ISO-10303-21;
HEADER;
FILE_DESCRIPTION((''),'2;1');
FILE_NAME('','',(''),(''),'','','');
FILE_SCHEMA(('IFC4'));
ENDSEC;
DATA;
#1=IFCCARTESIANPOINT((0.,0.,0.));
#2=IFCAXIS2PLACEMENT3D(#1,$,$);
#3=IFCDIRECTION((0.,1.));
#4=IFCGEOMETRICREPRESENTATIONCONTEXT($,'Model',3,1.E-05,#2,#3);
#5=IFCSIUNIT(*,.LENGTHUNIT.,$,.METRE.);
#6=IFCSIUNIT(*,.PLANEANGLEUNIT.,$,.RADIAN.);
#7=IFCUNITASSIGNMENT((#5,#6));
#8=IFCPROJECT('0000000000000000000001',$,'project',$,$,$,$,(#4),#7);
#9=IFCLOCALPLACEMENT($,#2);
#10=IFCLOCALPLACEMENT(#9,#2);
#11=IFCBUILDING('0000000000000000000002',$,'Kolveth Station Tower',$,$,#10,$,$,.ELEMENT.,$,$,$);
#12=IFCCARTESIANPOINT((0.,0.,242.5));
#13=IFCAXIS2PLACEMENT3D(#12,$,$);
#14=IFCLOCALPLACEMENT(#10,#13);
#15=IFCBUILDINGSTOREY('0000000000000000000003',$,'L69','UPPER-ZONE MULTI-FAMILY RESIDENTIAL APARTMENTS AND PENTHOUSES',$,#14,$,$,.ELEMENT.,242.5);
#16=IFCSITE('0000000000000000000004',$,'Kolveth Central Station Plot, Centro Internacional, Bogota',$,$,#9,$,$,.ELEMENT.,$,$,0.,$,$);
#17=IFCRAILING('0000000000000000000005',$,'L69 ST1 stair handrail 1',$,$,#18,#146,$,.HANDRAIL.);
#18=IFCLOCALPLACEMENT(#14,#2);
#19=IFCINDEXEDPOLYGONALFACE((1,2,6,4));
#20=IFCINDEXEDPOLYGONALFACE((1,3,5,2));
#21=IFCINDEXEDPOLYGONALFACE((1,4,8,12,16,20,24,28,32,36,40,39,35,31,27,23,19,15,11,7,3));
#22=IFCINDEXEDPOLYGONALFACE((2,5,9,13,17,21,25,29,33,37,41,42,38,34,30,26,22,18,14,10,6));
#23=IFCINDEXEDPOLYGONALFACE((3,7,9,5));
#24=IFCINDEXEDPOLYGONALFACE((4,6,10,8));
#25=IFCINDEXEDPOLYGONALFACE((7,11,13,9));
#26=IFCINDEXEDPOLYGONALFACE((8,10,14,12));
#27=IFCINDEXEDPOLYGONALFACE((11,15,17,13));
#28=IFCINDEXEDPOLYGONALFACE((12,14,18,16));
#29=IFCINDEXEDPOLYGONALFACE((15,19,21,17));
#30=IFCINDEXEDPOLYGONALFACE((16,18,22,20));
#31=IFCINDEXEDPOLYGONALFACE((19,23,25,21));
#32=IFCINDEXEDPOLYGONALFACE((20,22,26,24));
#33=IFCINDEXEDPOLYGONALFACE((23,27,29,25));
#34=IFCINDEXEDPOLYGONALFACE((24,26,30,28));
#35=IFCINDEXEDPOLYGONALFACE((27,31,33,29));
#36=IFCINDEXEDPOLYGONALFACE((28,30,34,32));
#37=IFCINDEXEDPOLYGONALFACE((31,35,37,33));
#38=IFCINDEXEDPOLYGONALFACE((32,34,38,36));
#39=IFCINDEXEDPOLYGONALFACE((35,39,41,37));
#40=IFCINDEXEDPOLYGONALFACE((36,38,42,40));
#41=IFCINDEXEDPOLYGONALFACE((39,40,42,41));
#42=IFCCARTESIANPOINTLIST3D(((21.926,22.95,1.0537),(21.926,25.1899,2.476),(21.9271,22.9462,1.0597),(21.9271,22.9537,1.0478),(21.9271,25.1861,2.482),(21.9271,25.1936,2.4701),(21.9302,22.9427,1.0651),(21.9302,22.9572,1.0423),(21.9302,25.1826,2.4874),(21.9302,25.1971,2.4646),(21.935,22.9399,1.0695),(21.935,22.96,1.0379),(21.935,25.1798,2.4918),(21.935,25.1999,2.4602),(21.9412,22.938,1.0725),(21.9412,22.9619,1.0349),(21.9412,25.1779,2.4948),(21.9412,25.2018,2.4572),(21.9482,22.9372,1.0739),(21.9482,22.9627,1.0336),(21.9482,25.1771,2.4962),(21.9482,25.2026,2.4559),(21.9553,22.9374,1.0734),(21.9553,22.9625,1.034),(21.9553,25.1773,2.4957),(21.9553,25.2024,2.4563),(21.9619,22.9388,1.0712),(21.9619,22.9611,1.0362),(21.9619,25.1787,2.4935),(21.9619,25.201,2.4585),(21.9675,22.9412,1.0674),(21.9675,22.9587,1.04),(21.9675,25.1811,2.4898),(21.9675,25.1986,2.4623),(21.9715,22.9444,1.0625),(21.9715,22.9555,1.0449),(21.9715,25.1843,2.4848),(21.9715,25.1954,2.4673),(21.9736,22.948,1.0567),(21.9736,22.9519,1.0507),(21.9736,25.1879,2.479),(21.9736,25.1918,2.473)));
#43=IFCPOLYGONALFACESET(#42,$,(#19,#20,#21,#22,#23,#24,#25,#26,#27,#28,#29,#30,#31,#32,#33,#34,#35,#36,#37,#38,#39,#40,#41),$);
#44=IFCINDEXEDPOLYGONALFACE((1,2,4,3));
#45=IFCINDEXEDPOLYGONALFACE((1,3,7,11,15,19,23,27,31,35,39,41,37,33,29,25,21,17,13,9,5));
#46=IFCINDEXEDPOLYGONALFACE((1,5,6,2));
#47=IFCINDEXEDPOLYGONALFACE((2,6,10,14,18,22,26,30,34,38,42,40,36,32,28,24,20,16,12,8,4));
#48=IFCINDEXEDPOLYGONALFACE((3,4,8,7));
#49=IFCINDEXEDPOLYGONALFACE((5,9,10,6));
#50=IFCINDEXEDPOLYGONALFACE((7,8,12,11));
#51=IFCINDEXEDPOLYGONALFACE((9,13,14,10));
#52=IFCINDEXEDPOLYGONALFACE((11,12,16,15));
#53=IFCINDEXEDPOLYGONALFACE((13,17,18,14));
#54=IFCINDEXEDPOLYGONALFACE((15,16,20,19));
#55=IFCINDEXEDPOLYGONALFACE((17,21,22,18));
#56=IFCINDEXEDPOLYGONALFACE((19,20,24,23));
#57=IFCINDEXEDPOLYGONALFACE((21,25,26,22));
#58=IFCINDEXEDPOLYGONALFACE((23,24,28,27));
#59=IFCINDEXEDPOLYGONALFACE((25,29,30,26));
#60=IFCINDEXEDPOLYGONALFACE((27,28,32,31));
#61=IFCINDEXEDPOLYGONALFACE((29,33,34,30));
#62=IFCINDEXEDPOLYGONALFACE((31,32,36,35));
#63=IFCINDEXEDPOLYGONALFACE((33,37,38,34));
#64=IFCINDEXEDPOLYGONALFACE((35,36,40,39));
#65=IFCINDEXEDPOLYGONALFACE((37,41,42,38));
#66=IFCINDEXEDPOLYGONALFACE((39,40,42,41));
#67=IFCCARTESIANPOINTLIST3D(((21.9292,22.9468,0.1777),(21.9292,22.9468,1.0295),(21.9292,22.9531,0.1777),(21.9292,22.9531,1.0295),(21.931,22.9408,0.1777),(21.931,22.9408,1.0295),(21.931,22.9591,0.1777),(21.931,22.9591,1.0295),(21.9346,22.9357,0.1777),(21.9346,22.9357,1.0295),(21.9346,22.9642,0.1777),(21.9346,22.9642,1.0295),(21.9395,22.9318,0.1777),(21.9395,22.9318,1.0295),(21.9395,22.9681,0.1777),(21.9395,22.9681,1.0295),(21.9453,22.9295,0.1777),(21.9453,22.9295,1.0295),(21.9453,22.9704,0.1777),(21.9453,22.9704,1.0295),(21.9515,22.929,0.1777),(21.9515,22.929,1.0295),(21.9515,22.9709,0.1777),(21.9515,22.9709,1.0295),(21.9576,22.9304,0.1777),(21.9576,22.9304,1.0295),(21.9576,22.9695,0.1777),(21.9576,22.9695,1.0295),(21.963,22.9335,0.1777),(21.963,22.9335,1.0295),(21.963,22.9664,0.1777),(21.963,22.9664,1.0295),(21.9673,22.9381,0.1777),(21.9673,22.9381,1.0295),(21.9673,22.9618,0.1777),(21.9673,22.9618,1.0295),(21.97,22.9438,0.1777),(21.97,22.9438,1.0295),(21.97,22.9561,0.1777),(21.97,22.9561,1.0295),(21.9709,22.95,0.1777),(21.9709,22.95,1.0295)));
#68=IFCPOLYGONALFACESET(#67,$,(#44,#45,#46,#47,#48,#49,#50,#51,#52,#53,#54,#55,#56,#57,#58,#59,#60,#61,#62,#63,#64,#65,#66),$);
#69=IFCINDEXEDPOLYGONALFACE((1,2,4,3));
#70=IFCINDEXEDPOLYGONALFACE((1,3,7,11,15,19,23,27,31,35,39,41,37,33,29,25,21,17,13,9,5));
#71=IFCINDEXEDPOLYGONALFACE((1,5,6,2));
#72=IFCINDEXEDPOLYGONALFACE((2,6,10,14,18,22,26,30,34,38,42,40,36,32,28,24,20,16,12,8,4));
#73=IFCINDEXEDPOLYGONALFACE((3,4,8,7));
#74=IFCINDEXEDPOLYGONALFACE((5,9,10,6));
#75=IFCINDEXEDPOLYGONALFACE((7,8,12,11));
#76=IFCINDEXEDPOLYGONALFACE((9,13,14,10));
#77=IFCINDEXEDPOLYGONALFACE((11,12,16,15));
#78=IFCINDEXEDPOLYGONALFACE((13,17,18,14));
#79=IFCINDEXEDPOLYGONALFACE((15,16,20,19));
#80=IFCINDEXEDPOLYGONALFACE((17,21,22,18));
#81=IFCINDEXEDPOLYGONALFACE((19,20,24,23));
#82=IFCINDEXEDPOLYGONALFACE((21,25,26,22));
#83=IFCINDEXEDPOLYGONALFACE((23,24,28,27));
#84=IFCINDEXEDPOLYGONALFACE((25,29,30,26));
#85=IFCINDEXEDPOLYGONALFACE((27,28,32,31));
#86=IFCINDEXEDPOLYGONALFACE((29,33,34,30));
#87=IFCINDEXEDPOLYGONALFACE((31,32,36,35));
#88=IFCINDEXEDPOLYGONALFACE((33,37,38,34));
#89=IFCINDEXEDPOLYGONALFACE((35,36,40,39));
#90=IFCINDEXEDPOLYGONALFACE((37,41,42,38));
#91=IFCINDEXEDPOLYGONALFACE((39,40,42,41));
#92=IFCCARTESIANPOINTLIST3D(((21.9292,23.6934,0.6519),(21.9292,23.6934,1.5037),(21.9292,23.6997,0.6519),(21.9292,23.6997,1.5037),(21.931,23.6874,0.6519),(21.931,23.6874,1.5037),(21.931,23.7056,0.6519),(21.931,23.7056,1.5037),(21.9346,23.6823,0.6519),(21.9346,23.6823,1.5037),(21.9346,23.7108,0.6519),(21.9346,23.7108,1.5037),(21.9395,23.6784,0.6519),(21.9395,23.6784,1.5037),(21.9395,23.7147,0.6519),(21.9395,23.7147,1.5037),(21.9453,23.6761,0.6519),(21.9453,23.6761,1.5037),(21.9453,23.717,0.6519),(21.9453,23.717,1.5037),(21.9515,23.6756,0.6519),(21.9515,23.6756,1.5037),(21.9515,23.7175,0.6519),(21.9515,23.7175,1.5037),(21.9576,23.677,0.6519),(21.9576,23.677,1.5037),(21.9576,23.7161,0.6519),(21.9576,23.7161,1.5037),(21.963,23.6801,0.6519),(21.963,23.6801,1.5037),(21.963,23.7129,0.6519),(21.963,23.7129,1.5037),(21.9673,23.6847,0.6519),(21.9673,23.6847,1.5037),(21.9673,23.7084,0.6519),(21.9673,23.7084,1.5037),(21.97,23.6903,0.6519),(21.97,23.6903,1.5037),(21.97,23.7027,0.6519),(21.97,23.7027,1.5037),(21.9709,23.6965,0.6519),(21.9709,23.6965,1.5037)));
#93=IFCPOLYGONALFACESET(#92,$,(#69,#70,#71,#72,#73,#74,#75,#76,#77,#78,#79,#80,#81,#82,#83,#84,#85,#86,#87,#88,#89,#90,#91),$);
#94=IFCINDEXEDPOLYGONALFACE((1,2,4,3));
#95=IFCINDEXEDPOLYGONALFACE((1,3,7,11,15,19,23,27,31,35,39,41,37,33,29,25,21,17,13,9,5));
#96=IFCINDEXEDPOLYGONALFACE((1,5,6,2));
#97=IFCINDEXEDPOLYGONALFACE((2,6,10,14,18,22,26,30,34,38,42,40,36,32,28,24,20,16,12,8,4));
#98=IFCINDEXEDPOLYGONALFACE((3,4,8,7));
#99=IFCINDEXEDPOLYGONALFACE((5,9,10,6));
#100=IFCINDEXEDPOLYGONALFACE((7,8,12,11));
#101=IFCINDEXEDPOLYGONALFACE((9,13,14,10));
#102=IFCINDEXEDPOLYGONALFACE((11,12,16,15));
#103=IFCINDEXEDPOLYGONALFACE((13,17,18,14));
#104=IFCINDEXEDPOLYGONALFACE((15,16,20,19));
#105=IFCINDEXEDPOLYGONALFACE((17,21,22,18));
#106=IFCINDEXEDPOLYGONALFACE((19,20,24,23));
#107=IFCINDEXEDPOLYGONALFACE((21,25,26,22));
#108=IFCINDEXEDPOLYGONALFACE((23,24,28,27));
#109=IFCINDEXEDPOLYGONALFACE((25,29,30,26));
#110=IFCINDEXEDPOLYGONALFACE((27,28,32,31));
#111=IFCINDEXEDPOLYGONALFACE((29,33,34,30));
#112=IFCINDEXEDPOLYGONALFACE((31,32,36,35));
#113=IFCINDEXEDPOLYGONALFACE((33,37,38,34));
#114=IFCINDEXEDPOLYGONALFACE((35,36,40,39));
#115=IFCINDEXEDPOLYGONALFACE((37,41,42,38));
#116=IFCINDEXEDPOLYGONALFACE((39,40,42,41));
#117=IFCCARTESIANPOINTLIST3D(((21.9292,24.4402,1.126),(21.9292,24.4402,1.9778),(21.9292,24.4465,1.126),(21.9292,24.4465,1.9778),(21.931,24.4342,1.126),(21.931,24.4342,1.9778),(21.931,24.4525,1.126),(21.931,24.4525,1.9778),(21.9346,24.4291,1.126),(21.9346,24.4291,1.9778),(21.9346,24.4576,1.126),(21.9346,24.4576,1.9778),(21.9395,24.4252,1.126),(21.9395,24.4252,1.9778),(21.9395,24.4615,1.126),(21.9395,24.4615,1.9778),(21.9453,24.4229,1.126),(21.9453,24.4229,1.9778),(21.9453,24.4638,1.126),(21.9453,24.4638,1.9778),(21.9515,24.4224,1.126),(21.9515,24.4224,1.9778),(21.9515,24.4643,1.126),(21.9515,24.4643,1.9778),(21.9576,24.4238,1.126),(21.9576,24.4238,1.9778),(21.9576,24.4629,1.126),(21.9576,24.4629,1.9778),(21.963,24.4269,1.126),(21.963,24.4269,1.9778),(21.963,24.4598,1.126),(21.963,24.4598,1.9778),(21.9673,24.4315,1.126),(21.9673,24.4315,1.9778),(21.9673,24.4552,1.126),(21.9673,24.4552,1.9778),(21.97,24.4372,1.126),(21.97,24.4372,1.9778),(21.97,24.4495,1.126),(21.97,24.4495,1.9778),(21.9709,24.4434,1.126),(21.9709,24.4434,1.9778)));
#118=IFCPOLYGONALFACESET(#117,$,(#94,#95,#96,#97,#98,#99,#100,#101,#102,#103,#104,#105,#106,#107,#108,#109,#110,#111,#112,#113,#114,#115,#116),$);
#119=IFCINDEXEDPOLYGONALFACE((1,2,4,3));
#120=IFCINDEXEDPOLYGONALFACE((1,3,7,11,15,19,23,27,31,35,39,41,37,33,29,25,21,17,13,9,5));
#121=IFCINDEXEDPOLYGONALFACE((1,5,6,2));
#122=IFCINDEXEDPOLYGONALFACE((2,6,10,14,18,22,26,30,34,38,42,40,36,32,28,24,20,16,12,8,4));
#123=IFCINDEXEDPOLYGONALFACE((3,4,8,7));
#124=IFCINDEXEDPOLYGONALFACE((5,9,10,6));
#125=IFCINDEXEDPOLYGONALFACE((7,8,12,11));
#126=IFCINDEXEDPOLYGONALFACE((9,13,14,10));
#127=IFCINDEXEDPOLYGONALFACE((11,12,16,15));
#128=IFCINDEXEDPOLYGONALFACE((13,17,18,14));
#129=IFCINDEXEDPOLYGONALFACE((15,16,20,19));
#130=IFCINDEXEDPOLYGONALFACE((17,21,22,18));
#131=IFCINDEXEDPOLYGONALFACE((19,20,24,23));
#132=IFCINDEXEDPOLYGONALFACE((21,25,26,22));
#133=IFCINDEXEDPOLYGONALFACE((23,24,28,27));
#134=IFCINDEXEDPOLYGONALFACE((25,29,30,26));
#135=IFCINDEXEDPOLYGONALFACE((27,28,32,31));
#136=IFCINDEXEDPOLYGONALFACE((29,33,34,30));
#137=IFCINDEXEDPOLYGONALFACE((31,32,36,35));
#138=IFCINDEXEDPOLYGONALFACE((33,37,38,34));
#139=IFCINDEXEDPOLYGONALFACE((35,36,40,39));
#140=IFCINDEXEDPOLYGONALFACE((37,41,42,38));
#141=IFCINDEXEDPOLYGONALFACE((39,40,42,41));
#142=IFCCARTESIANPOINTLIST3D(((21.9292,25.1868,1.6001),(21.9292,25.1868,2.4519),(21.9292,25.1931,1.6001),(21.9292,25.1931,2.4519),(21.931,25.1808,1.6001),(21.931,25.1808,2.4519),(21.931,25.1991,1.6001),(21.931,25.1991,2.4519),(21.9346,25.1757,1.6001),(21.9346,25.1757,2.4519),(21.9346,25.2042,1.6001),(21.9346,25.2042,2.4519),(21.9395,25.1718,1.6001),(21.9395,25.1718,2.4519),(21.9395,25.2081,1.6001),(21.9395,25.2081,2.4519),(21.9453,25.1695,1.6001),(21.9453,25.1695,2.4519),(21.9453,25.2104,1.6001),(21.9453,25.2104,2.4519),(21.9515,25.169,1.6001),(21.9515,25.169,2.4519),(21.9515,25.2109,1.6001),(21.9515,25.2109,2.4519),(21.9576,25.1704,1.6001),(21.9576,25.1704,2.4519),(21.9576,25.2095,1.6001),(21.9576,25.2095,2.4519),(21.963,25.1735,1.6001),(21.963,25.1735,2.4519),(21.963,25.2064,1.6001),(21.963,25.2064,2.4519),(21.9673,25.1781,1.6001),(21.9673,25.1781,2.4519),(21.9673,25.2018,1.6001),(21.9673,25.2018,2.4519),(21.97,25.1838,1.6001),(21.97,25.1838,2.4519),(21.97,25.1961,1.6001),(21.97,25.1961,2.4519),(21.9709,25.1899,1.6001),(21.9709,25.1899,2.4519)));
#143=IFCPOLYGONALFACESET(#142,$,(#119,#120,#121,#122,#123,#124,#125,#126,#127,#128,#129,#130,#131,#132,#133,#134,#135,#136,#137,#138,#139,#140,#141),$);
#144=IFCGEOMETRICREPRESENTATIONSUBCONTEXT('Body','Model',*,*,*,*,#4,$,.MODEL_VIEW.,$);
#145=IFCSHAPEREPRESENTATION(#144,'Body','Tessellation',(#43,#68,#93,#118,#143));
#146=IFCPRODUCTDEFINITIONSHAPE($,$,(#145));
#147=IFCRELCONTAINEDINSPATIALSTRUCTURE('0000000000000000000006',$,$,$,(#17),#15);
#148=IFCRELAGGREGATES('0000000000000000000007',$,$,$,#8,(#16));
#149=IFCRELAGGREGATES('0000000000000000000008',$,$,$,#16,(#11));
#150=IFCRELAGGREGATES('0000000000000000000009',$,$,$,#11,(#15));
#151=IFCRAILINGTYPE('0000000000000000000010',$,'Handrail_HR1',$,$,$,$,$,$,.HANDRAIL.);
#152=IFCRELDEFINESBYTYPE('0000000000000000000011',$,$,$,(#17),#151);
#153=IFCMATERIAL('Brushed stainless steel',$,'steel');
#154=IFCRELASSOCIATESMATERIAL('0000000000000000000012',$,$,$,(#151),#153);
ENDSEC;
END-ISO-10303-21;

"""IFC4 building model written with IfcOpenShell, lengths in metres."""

from ifc_helpers import new_model, si_unit, direction, frame, origin, origin_2d, place, context, subcontext, project, spatial, circle, extrude, material, type_object, element, save


model = new_model("IFC4")

# Units and contexts
model_context = context("Model", 3, precision=1e-05, world=origin(), true_north=direction((0.0, 1.0)))
body_context = subcontext(model_context, "Body", "Model", "MODEL_VIEW")
ifc_project = project(units=[si_unit("LENGTHUNIT", "METRE"), si_unit("PLANEANGLEUNIT", "RADIAN")], contexts=[model_context])

# Site, building, storey
site_placement = place(None, origin())
site = spatial("IfcSite", under=ifc_project, at=site_placement, Name="Kolveth Central Station Plot, Centro Internacional, Bogota", CompositionType="ELEMENT", RefElevation=0.0)
building_placement = place(site_placement, origin())
building = spatial("IfcBuilding", under=site, at=building_placement, Name="Kolveth Station Tower", CompositionType="ELEMENT")
storey_placement = place(building_placement, frame((0.0, 0.0, 242.5)))
storey = spatial("IfcBuildingStorey", under=building, at=storey_placement, Name="L69", Description="UPPER-ZONE MULTI-FAMILY RESIDENTIAL APARTMENTS AND PENTHOUSES", CompositionType="ELEMENT", Elevation=242.5)

# Railing
ifc_material_1 = material(Name="Brushed stainless steel", Category="steel")
railing_type_1 = type_object("IfcRailingType", Name="Handrail_HR1", PredefinedType="HANDRAIL", material=ifc_material_1)
railing_1_placement = place(storey_placement, frame((21.95, 22.95, 0.1777)))
element("IfcRailing", 1, at=railing_1_placement, inside=storey, type_object=railing_type_1, Name="L69 ST1 stair handrail 1", PredefinedType="HANDRAIL", context=body_context, shape_type="SweptSolid", body=[
    extrude(circle(Radius=0.0239, at=origin_2d()), frame((0.0, 0.0, 0.876), z_axis=(0.0, 0.844188, 0.536048), x_axis=(-1.0, 0.0, 0.0)), (0.0, 0.0, 1.0), 2.6533),
    extrude(circle(Radius=0.021, at=origin_2d()), origin(), (0.0, 0.0, 1.0), 0.8518),
    extrude(circle(Radius=0.021, at=origin_2d()), frame((0.0, 0.7466, 0.4741)), (0.0, 0.0, 1.0), 0.8518),
    extrude(circle(Radius=0.021, at=origin_2d()), frame((0.0, 1.4934, 0.9482)), (0.0, 0.0, 1.0), 0.8518),
    extrude(circle(Radius=0.021, at=origin_2d()), frame((0.0, 2.24, 1.4224)), (0.0, 0.0, 1.0), 0.8518),
])

save(model, "model.ifc")
